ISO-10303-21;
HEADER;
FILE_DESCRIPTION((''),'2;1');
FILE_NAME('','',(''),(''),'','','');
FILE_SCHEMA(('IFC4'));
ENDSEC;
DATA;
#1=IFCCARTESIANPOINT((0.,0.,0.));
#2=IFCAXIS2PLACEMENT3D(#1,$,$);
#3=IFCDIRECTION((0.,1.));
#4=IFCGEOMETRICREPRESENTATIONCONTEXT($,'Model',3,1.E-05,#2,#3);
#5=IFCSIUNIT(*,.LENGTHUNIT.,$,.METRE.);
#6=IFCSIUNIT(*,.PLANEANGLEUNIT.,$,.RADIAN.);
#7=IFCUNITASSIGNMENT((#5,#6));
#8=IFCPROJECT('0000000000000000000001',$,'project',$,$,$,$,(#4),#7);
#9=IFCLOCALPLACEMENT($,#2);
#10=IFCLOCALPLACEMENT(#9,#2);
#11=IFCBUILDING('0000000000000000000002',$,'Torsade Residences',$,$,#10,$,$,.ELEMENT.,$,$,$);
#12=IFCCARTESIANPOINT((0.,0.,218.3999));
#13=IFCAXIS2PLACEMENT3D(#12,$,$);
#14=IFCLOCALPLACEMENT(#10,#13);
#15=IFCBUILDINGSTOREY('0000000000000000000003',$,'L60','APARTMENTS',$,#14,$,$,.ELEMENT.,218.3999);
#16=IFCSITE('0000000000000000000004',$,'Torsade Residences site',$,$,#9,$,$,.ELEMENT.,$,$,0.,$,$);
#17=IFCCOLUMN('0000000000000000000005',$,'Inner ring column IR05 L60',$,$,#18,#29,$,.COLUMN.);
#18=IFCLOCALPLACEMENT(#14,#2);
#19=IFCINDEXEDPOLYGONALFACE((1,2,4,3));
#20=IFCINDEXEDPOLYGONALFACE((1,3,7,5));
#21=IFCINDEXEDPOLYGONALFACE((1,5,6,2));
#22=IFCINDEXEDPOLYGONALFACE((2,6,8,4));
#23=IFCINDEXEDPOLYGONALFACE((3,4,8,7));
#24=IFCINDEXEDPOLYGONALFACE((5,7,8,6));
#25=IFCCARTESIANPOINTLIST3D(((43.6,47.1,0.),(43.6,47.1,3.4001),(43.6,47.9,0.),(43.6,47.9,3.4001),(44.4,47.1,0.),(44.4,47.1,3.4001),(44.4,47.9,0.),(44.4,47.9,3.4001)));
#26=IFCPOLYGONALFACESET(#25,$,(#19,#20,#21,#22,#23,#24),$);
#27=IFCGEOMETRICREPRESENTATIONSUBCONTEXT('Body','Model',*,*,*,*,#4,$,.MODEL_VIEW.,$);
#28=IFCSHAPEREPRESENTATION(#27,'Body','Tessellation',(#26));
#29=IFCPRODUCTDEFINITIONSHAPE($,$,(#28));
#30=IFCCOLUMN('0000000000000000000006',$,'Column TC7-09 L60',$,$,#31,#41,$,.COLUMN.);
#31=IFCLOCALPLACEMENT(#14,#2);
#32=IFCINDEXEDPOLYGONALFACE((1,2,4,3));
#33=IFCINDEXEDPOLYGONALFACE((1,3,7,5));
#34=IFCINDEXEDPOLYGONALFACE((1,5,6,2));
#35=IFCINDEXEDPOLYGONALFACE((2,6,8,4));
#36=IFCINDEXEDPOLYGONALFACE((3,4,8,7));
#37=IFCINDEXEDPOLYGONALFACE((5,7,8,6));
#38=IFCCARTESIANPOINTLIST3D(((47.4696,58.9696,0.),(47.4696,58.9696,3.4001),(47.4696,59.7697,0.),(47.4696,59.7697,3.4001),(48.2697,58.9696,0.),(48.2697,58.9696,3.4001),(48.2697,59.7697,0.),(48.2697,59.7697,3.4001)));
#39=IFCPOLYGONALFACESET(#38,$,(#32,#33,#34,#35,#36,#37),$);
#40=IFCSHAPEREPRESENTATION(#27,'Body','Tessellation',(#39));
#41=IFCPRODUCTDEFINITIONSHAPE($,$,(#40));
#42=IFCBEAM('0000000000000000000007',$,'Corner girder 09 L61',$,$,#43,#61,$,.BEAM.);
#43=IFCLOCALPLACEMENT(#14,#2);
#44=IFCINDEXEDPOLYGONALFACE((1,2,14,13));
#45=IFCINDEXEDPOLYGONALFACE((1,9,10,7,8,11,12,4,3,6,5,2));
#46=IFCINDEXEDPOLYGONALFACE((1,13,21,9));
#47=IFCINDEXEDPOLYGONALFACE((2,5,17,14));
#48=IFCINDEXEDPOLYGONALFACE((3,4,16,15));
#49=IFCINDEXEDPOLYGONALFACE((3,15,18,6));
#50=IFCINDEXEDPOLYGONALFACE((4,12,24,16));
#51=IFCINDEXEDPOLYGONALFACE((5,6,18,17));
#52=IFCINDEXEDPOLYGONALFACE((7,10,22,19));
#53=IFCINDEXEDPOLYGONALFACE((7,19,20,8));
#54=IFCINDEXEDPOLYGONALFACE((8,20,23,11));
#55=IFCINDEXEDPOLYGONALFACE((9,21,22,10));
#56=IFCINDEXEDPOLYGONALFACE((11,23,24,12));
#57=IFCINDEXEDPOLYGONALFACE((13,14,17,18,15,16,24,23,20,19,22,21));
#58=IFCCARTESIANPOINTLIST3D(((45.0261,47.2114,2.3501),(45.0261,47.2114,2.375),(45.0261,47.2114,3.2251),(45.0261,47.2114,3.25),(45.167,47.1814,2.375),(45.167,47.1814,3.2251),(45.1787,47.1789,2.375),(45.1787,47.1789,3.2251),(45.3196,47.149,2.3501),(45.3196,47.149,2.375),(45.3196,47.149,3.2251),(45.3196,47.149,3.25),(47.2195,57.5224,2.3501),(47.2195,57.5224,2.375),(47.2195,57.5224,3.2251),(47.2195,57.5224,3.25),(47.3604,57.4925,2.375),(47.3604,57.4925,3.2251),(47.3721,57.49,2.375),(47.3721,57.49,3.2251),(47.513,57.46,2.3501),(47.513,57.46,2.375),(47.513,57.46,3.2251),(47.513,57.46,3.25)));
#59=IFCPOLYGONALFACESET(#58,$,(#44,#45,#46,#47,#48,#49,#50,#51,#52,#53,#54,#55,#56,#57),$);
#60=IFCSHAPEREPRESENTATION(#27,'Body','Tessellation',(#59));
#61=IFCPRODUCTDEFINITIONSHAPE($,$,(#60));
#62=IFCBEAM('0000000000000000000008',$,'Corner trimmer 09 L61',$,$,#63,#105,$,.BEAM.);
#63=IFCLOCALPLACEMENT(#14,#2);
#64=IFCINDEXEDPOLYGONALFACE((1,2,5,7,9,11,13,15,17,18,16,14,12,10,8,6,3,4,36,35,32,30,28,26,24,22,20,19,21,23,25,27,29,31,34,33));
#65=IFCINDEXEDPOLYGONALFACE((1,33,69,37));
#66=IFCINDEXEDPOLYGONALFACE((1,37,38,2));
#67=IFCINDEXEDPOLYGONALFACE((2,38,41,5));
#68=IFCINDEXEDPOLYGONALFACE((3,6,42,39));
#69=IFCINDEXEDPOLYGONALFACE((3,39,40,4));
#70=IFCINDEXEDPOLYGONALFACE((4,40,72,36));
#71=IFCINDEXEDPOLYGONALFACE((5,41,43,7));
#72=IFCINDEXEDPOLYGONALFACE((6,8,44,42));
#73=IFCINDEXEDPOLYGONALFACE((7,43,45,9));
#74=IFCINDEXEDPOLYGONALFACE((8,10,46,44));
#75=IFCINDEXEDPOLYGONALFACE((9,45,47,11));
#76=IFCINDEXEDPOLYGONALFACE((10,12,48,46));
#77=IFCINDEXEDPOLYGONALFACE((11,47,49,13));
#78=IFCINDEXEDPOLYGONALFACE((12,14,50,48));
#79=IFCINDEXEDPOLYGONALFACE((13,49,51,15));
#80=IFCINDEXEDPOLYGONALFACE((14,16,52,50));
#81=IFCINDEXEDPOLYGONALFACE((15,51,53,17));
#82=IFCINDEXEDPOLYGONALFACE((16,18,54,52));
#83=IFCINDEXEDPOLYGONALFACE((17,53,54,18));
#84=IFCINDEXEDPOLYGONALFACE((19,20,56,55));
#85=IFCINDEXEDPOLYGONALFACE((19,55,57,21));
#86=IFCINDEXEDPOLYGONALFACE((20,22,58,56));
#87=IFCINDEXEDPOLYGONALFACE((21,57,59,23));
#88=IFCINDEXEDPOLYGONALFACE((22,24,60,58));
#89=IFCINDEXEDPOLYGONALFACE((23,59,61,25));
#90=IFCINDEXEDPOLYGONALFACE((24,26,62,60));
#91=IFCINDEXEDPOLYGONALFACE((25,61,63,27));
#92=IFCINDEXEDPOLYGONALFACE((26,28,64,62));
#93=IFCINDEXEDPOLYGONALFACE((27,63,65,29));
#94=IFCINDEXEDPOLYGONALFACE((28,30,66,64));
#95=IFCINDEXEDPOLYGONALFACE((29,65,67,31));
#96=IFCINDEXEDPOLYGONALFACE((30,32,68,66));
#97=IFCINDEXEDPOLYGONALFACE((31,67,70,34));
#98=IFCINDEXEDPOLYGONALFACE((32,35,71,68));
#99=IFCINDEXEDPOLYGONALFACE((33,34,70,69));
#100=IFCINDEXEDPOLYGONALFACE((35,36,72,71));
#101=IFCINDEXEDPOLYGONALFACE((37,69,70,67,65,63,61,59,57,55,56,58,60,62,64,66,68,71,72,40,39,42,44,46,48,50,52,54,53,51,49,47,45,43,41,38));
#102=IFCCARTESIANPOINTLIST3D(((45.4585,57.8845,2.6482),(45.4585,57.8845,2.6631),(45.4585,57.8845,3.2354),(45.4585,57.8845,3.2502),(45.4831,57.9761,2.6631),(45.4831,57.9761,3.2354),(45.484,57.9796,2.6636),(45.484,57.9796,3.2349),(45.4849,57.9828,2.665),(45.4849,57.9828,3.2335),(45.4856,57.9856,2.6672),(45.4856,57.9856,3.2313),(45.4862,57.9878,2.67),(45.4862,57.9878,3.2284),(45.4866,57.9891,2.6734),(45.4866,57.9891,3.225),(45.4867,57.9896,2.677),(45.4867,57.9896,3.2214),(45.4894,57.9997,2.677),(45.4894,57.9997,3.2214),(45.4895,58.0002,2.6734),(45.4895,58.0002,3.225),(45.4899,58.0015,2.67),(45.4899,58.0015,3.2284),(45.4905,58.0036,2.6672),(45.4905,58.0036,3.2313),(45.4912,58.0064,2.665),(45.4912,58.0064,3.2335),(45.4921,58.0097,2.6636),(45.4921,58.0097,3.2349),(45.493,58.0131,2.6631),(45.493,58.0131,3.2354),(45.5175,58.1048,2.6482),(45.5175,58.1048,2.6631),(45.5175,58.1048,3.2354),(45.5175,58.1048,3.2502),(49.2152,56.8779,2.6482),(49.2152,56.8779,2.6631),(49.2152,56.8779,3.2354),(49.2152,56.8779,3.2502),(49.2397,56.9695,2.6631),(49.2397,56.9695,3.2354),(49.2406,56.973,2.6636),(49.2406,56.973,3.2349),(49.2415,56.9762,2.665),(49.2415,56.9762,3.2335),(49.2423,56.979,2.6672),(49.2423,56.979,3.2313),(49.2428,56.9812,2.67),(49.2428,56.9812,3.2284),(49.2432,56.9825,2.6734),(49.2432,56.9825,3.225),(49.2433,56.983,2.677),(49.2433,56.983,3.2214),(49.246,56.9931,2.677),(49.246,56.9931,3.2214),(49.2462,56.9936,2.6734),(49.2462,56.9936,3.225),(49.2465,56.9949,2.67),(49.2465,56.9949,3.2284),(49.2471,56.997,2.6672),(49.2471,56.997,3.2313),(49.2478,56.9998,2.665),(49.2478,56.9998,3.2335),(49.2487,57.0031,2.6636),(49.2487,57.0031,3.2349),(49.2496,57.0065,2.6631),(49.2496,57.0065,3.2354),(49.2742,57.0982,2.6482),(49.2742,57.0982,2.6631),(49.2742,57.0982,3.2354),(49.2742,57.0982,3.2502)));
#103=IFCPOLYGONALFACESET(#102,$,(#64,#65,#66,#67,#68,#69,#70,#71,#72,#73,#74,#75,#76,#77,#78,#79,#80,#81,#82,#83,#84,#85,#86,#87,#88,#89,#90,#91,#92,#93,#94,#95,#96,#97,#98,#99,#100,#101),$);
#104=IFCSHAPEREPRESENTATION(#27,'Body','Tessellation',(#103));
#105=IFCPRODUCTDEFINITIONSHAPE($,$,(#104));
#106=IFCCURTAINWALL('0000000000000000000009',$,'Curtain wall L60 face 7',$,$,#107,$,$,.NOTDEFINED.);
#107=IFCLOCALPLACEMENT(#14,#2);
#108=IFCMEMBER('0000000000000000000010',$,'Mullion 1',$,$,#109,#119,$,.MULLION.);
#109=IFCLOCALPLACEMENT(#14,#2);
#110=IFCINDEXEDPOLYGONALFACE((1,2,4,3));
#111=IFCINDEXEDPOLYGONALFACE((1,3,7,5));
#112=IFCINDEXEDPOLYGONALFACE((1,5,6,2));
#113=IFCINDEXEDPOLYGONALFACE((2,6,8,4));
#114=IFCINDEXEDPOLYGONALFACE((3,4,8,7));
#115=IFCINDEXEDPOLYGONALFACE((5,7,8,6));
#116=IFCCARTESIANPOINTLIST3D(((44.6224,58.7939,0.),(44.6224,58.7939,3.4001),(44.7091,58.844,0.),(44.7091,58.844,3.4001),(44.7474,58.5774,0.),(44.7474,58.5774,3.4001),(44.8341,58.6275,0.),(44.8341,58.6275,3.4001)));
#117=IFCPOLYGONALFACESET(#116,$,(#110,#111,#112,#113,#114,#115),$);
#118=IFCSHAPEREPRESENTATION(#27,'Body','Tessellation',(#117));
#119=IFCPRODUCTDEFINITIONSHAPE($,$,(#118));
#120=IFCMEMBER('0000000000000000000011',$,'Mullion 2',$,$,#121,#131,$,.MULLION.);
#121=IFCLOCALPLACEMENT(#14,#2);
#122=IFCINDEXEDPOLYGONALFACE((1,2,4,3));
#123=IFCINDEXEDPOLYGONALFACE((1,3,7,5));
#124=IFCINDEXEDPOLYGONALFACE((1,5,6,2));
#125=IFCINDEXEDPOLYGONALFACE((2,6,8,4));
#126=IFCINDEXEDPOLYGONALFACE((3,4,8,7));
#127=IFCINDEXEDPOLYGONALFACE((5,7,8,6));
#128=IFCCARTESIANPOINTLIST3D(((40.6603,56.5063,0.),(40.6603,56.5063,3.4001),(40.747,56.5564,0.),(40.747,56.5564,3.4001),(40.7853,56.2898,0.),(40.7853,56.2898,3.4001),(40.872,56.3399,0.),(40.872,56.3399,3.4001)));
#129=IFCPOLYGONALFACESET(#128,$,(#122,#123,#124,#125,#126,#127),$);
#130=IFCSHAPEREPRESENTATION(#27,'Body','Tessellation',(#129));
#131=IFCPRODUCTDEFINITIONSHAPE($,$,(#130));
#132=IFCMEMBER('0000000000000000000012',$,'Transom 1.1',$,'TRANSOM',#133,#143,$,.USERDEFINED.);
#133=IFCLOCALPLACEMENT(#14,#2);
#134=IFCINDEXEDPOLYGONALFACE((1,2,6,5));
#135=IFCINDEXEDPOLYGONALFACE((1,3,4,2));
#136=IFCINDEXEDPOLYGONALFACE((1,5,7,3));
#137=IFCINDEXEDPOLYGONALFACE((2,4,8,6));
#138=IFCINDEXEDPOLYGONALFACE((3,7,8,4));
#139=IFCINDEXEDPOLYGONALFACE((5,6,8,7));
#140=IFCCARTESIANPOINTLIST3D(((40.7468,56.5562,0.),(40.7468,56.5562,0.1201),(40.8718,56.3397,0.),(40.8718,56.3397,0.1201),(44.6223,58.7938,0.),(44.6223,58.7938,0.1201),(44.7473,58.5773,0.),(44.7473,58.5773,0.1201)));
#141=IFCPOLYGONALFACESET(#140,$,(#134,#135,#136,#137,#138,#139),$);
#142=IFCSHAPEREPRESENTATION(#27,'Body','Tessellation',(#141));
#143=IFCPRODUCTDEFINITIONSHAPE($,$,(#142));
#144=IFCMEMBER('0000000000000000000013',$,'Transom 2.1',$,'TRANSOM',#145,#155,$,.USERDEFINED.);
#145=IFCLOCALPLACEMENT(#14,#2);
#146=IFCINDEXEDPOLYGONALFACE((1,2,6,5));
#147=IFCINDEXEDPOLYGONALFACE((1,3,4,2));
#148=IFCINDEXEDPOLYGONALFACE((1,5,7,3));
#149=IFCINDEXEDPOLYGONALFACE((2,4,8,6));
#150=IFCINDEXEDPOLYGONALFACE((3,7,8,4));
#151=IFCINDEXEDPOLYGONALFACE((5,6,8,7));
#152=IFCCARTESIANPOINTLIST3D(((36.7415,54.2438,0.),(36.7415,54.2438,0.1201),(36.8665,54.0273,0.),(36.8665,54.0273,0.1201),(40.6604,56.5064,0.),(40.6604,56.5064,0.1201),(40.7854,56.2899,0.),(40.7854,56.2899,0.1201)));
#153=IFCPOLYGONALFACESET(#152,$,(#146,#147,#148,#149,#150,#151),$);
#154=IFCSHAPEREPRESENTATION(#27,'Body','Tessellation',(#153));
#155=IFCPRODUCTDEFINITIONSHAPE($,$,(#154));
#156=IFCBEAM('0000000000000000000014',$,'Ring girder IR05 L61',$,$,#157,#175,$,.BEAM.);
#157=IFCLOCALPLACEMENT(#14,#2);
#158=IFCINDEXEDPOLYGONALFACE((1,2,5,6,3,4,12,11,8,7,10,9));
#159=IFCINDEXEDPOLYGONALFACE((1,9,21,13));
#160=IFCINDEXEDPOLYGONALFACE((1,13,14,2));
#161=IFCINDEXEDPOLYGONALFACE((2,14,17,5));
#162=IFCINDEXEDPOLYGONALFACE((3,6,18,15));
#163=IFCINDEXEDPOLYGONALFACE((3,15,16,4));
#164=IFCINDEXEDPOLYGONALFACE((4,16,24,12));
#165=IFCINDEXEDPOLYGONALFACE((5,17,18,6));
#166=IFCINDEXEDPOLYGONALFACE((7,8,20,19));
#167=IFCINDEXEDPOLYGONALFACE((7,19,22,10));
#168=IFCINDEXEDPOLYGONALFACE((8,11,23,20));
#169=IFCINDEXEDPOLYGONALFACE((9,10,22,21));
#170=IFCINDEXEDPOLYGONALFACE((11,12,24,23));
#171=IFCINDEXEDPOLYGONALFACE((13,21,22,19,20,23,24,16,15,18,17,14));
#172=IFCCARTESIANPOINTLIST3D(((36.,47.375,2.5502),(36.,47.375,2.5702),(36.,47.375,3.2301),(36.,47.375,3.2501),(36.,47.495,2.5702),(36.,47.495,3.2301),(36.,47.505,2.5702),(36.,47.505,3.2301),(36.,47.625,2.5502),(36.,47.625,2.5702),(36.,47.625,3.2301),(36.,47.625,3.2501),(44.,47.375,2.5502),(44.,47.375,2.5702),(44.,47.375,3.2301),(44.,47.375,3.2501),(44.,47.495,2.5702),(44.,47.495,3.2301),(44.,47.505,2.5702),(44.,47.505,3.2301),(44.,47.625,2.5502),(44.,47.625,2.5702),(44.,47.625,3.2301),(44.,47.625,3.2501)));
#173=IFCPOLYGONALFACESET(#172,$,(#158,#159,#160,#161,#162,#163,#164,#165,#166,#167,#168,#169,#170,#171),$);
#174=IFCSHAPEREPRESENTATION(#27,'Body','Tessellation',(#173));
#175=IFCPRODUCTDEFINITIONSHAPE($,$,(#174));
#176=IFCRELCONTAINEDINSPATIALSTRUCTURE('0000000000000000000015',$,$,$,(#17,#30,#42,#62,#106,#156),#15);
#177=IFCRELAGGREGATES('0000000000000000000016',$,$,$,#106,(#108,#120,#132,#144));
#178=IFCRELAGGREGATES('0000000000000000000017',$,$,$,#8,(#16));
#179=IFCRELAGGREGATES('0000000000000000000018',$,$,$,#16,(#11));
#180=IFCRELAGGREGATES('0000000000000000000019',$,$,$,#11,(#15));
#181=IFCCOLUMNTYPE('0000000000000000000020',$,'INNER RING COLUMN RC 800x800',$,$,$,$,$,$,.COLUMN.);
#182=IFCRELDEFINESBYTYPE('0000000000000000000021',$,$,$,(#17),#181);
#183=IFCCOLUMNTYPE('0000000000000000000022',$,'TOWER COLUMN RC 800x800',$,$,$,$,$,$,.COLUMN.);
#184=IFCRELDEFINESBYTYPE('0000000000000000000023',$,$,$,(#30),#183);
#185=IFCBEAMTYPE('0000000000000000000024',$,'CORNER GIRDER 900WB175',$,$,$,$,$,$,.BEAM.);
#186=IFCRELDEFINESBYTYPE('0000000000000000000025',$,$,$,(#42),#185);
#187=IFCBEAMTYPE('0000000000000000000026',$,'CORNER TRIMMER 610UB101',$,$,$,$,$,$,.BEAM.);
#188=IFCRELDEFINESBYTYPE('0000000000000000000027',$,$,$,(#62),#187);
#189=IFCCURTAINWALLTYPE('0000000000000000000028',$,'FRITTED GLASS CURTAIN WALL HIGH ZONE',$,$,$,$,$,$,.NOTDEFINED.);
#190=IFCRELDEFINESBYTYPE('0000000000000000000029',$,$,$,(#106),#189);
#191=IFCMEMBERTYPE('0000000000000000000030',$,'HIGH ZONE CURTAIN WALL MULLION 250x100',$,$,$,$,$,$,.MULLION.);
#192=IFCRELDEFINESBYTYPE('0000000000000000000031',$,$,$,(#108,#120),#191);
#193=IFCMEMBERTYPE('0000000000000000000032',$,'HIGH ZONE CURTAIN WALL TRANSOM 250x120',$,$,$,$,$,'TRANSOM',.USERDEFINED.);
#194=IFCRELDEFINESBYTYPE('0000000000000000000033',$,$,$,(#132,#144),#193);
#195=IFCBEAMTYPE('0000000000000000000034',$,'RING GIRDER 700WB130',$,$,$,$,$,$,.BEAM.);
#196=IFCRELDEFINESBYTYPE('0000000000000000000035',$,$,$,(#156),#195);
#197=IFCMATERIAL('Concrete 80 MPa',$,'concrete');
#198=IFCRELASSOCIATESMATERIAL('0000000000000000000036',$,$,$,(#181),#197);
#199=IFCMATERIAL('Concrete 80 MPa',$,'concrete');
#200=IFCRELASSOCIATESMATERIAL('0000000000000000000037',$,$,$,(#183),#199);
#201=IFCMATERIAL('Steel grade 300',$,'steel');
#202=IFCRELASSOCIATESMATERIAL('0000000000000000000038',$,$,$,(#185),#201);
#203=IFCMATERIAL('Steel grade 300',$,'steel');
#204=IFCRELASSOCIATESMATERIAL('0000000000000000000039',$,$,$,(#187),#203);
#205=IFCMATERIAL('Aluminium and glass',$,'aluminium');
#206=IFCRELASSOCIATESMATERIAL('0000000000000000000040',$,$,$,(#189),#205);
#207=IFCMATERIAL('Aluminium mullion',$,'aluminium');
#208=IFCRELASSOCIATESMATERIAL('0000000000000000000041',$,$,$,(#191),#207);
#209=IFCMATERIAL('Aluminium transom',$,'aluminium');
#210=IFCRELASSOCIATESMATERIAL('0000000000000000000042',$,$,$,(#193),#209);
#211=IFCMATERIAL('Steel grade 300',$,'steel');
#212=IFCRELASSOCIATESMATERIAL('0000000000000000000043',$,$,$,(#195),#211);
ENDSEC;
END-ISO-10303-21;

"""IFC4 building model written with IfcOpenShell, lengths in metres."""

from ifc_helpers import new_model, si_unit, direction, frame, origin, origin_2d, place, context, subcontext, project, spatial, rectangle, i_section, extrude, material, material_profile, profile_set, type_object, element, aggregate, save


model = new_model("IFC4")

# Units and contexts
model_context = context("Model", 3, precision=1e-05, world=origin(), true_north=direction((0.0, 1.0)))
body_context = subcontext(model_context, "Body", "Model", "MODEL_VIEW")
ifc_project = project(units=[si_unit("LENGTHUNIT", "METRE"), si_unit("PLANEANGLEUNIT", "RADIAN")], contexts=[model_context])

# Site, building, storey
site_placement = place(None, origin())
site = spatial("IfcSite", under=ifc_project, at=site_placement, Name="Torsade Residences site", CompositionType="ELEMENT", RefElevation=0.0)
building_placement = place(site_placement, origin())
building = spatial("IfcBuilding", under=site, at=building_placement, Name="Torsade Residences", CompositionType="ELEMENT")
storey_placement = place(building_placement, frame((0.0, 0.0, 218.3999)))
storey = spatial("IfcBuildingStorey", under=building, at=storey_placement, Name="L60", Description="APARTMENTS", CompositionType="ELEMENT", Elevation=218.3999)

# Columns
ifc_material_1 = material(Name="Concrete 80 MPa", Category="concrete")
ifc_material_profile_1 = material_profile(ifc_material_1, rectangle(XDim=0.8, YDim=0.8, at=origin_2d()), Name="RC 800x800")
ifc_profile_set_1 = profile_set([ifc_material_profile_1], Name="Concrete 80 MPa")
column_type_1 = type_object("IfcColumnType", Name="INNER RING COLUMN RC 800x800", PredefinedType="COLUMN", material=ifc_profile_set_1)
column_1_placement = place(storey_placement, frame((44.0, 47.5, 0.0), z_axis=(0.0, 0.0, 1.0), x_axis=(1.0, 0.0, 0.0)))
element("IfcColumn", 1, at=column_1_placement, inside=storey, type_object=column_type_1, Name="Inner ring column IR05 L60", PredefinedType="COLUMN", context=body_context, shape_type="SweptSolid", body=[
    extrude(rectangle(XDim=0.8, YDim=0.8, at=origin_2d()), origin(), (0.0, 0.0, 1.0), 3.4001),
])
ifc_material_2 = material(Name="Concrete 80 MPa", Category="concrete")
ifc_material_profile_2 = material_profile(ifc_material_2, rectangle(XDim=0.8, YDim=0.8, at=origin_2d()), Name="RC 800x800")
ifc_profile_set_2 = profile_set([ifc_material_profile_2], Name="Concrete 80 MPa")
column_type_2 = type_object("IfcColumnType", Name="TOWER COLUMN RC 800x800", PredefinedType="COLUMN", material=ifc_profile_set_2)
column_2_placement = place(storey_placement, frame((47.8696, 59.3696, 0.0), z_axis=(0.0, 0.0, 1.0), x_axis=(1.0, 0.0, 0.0)))
element("IfcColumn", 2, at=column_2_placement, inside=storey, type_object=column_type_2, Name="Column TC7-09 L60", PredefinedType="COLUMN", context=body_context, shape_type="SweptSolid", body=[
    extrude(rectangle(XDim=0.8, YDim=0.8, at=origin_2d()), origin(), (0.0, 0.0, 1.0), 3.4001),
])

# Beams
ifc_material_3 = material(Name="Steel grade 300", Category="steel")
ifc_material_profile_3 = material_profile(ifc_material_3, i_section(OverallWidth=0.3, OverallDepth=0.8999, WebThickness=0.012, FlangeThickness=0.0249, at=origin_2d()), Name="900WB175")
ifc_profile_set_3 = profile_set([ifc_material_profile_3], Name="Steel grade 300")
beam_type_1 = type_object("IfcBeamType", Name="CORNER GIRDER 900WB175", PredefinedType="BEAM", material=ifc_profile_set_3)
beam_1_placement = place(storey_placement, frame((47.3662, 57.4912, 2.8), z_axis=(-0.208064, -0.978115, 0.0), x_axis=(0.978115, -0.208064, 0.0)))
element("IfcBeam", 3, at=beam_1_placement, inside=storey, type_object=beam_type_1, Name="Corner girder 09 L61", PredefinedType="BEAM", context=body_context, shape_type="SweptSolid", body=[
    extrude(i_section(OverallWidth=0.3, OverallDepth=0.8999, WebThickness=0.012, FlangeThickness=0.0249, at=origin_2d()), origin(), (0.0, 0.0, 1.0), 10.5417),
])
ifc_material_4 = material(Name="Steel grade 300", Category="steel")
ifc_material_profile_4 = material_profile(ifc_material_4, i_section(OverallWidth=0.228, OverallDepth=0.6021, WebThickness=0.0105, FlangeThickness=0.0149, FilletRadius=0.0139, at=origin_2d()), Name="610UB101")
ifc_profile_set_4 = profile_set([ifc_material_profile_4], Name="Steel grade 300")
beam_type_2 = type_object("IfcBeamType", Name="CORNER TRIMMER 610UB101", PredefinedType="BEAM", material=ifc_profile_set_4)
beam_2_placement = place(storey_placement, frame((45.488, 57.9946, 2.9492), z_axis=(0.965925, -0.258823, 0.0), x_axis=(0.258823, 0.965925, 0.0)))
element("IfcBeam", 4, at=beam_2_placement, inside=storey, type_object=beam_type_2, Name="Corner trimmer 09 L61", PredefinedType="BEAM", context=body_context, shape_type="SweptSolid", body=[
    extrude(i_section(OverallWidth=0.228, OverallDepth=0.6021, WebThickness=0.0105, FlangeThickness=0.0149, FilletRadius=0.0139, at=origin_2d()), origin(), (0.0, 0.0, 1.0), 3.8892),
])

# Curtain wall, members
ifc_material_5 = material(Name="Aluminium and glass", Category="aluminium")
curtain_wall_type = type_object("IfcCurtainWallType", Name="FRITTED GLASS CURTAIN WALL HIGH ZONE", PredefinedType="NOTDEFINED", material=ifc_material_5)
curtain_wall_placement = place(storey_placement, origin())
curtain_wall = element("IfcCurtainWall", 5, at=curtain_wall_placement, inside=storey, type_object=curtain_wall_type, Name="Curtain wall L60 face 7", PredefinedType="NOTDEFINED")
ifc_material_6 = material(Name="Aluminium mullion", Category="aluminium")
ifc_material_profile_5 = material_profile(ifc_material_6, rectangle(XDim=0.25, YDim=0.1001, at=origin_2d()), Name="HIGH ZONE CURTAIN WALL MULLION 250x100")
ifc_profile_set_5 = profile_set([ifc_material_profile_5], Name="Aluminium mullion")
member_type_1 = type_object("IfcMemberType", Name="HIGH ZONE CURTAIN WALL MULLION 250x100", PredefinedType="MULLION", material=ifc_profile_set_5)
member_1_placement = place(storey_placement, frame((44.7283, 58.7107, 0.0), z_axis=(0.0, 0.0, 1.0), x_axis=(0.5, -0.866025, 0.0)))
member_1 = element("IfcMember", 6, at=member_1_placement, type_object=member_type_1, Name="Mullion 1", PredefinedType="MULLION", context=body_context, shape_type="SweptSolid", body=[
    extrude(rectangle(XDim=0.25, YDim=0.1001, at=origin_2d()), origin(), (0.0, 0.0, 1.0), 3.4001),
])
member_2_placement = place(storey_placement, frame((40.7661, 56.4231, 0.0), z_axis=(0.0, 0.0, 1.0), x_axis=(0.5, -0.866025, 0.0)))
member_2 = element("IfcMember", 7, at=member_2_placement, type_object=member_type_1, Name="Mullion 2", PredefinedType="MULLION", context=body_context, shape_type="SweptSolid", body=[
    extrude(rectangle(XDim=0.25, YDim=0.1001, at=origin_2d()), origin(), (0.0, 0.0, 1.0), 3.4001),
])
ifc_material_7 = material(Name="Aluminium transom", Category="aluminium")
ifc_material_profile_6 = material_profile(ifc_material_7, rectangle(XDim=0.25, YDim=0.1201, at=origin_2d()), Name="HIGH ZONE CURTAIN WALL TRANSOM 250x120")
ifc_profile_set_6 = profile_set([ifc_material_profile_6], Name="Aluminium transom")
member_type_2 = type_object("IfcMemberType", Name="HIGH ZONE CURTAIN WALL TRANSOM 250x120", ElementType="TRANSOM", PredefinedType="USERDEFINED", material=ifc_profile_set_6)
member_3_placement = place(storey_placement, frame((44.6848, 58.6855, 0.0601), z_axis=(-0.866022, -0.500006, 0.0), x_axis=(0.500006, -0.866022, 0.0)))
member_3 = element("IfcMember", 8, at=member_3_placement, type_object=member_type_2, Name="Transom 1.1", ObjectType="TRANSOM", PredefinedType="USERDEFINED", context=body_context, shape_type="SweptSolid", body=[
    extrude(rectangle(XDim=0.25, YDim=0.1201, at=origin_2d()), origin(), (0.0, 0.0, 1.0), 4.4751),
])
member_4_placement = place(storey_placement, frame((40.7229, 56.3982, 0.0601), z_axis=(-0.866017, -0.500015, 0.0), x_axis=(0.500015, -0.866017, 0.0)))
member_4 = element("IfcMember", 9, at=member_4_placement, type_object=member_type_2, Name="Transom 2.1", ObjectType="TRANSOM", PredefinedType="USERDEFINED", context=body_context, shape_type="SweptSolid", body=[
    extrude(rectangle(XDim=0.25, YDim=0.1201, at=origin_2d()), origin(), (0.0, 0.0, 1.0), 4.5251),
])

# Beam
ifc_material_8 = material(Name="Steel grade 300", Category="steel")
ifc_material_profile_7 = material_profile(ifc_material_8, i_section(OverallWidth=0.25, OverallDepth=0.7, WebThickness=0.01, FlangeThickness=0.02, at=origin_2d()), Name="700WB130")
ifc_profile_set_7 = profile_set([ifc_material_profile_7], Name="Steel grade 300")
beam_type_3 = type_object("IfcBeamType", Name="RING GIRDER 700WB130", PredefinedType="BEAM", material=ifc_profile_set_7)
beam_3_placement = place(storey_placement, frame((44.0, 47.5, 2.9001), z_axis=(-1.0, 0.0, 0.0), x_axis=(0.0, -1.0, 0.0)))
element("IfcBeam", 10, at=beam_3_placement, inside=storey, type_object=beam_type_3, Name="Ring girder IR05 L61", PredefinedType="BEAM", context=body_context, shape_type="SweptSolid", body=[
    extrude(i_section(OverallWidth=0.25, OverallDepth=0.7, WebThickness=0.01, FlangeThickness=0.02, at=origin_2d()), origin(), (0.0, 0.0, 1.0), 8.0),
])

aggregate(curtain_wall, [member_1, member_2, member_3, member_4])

save(model, "model.ifc")
